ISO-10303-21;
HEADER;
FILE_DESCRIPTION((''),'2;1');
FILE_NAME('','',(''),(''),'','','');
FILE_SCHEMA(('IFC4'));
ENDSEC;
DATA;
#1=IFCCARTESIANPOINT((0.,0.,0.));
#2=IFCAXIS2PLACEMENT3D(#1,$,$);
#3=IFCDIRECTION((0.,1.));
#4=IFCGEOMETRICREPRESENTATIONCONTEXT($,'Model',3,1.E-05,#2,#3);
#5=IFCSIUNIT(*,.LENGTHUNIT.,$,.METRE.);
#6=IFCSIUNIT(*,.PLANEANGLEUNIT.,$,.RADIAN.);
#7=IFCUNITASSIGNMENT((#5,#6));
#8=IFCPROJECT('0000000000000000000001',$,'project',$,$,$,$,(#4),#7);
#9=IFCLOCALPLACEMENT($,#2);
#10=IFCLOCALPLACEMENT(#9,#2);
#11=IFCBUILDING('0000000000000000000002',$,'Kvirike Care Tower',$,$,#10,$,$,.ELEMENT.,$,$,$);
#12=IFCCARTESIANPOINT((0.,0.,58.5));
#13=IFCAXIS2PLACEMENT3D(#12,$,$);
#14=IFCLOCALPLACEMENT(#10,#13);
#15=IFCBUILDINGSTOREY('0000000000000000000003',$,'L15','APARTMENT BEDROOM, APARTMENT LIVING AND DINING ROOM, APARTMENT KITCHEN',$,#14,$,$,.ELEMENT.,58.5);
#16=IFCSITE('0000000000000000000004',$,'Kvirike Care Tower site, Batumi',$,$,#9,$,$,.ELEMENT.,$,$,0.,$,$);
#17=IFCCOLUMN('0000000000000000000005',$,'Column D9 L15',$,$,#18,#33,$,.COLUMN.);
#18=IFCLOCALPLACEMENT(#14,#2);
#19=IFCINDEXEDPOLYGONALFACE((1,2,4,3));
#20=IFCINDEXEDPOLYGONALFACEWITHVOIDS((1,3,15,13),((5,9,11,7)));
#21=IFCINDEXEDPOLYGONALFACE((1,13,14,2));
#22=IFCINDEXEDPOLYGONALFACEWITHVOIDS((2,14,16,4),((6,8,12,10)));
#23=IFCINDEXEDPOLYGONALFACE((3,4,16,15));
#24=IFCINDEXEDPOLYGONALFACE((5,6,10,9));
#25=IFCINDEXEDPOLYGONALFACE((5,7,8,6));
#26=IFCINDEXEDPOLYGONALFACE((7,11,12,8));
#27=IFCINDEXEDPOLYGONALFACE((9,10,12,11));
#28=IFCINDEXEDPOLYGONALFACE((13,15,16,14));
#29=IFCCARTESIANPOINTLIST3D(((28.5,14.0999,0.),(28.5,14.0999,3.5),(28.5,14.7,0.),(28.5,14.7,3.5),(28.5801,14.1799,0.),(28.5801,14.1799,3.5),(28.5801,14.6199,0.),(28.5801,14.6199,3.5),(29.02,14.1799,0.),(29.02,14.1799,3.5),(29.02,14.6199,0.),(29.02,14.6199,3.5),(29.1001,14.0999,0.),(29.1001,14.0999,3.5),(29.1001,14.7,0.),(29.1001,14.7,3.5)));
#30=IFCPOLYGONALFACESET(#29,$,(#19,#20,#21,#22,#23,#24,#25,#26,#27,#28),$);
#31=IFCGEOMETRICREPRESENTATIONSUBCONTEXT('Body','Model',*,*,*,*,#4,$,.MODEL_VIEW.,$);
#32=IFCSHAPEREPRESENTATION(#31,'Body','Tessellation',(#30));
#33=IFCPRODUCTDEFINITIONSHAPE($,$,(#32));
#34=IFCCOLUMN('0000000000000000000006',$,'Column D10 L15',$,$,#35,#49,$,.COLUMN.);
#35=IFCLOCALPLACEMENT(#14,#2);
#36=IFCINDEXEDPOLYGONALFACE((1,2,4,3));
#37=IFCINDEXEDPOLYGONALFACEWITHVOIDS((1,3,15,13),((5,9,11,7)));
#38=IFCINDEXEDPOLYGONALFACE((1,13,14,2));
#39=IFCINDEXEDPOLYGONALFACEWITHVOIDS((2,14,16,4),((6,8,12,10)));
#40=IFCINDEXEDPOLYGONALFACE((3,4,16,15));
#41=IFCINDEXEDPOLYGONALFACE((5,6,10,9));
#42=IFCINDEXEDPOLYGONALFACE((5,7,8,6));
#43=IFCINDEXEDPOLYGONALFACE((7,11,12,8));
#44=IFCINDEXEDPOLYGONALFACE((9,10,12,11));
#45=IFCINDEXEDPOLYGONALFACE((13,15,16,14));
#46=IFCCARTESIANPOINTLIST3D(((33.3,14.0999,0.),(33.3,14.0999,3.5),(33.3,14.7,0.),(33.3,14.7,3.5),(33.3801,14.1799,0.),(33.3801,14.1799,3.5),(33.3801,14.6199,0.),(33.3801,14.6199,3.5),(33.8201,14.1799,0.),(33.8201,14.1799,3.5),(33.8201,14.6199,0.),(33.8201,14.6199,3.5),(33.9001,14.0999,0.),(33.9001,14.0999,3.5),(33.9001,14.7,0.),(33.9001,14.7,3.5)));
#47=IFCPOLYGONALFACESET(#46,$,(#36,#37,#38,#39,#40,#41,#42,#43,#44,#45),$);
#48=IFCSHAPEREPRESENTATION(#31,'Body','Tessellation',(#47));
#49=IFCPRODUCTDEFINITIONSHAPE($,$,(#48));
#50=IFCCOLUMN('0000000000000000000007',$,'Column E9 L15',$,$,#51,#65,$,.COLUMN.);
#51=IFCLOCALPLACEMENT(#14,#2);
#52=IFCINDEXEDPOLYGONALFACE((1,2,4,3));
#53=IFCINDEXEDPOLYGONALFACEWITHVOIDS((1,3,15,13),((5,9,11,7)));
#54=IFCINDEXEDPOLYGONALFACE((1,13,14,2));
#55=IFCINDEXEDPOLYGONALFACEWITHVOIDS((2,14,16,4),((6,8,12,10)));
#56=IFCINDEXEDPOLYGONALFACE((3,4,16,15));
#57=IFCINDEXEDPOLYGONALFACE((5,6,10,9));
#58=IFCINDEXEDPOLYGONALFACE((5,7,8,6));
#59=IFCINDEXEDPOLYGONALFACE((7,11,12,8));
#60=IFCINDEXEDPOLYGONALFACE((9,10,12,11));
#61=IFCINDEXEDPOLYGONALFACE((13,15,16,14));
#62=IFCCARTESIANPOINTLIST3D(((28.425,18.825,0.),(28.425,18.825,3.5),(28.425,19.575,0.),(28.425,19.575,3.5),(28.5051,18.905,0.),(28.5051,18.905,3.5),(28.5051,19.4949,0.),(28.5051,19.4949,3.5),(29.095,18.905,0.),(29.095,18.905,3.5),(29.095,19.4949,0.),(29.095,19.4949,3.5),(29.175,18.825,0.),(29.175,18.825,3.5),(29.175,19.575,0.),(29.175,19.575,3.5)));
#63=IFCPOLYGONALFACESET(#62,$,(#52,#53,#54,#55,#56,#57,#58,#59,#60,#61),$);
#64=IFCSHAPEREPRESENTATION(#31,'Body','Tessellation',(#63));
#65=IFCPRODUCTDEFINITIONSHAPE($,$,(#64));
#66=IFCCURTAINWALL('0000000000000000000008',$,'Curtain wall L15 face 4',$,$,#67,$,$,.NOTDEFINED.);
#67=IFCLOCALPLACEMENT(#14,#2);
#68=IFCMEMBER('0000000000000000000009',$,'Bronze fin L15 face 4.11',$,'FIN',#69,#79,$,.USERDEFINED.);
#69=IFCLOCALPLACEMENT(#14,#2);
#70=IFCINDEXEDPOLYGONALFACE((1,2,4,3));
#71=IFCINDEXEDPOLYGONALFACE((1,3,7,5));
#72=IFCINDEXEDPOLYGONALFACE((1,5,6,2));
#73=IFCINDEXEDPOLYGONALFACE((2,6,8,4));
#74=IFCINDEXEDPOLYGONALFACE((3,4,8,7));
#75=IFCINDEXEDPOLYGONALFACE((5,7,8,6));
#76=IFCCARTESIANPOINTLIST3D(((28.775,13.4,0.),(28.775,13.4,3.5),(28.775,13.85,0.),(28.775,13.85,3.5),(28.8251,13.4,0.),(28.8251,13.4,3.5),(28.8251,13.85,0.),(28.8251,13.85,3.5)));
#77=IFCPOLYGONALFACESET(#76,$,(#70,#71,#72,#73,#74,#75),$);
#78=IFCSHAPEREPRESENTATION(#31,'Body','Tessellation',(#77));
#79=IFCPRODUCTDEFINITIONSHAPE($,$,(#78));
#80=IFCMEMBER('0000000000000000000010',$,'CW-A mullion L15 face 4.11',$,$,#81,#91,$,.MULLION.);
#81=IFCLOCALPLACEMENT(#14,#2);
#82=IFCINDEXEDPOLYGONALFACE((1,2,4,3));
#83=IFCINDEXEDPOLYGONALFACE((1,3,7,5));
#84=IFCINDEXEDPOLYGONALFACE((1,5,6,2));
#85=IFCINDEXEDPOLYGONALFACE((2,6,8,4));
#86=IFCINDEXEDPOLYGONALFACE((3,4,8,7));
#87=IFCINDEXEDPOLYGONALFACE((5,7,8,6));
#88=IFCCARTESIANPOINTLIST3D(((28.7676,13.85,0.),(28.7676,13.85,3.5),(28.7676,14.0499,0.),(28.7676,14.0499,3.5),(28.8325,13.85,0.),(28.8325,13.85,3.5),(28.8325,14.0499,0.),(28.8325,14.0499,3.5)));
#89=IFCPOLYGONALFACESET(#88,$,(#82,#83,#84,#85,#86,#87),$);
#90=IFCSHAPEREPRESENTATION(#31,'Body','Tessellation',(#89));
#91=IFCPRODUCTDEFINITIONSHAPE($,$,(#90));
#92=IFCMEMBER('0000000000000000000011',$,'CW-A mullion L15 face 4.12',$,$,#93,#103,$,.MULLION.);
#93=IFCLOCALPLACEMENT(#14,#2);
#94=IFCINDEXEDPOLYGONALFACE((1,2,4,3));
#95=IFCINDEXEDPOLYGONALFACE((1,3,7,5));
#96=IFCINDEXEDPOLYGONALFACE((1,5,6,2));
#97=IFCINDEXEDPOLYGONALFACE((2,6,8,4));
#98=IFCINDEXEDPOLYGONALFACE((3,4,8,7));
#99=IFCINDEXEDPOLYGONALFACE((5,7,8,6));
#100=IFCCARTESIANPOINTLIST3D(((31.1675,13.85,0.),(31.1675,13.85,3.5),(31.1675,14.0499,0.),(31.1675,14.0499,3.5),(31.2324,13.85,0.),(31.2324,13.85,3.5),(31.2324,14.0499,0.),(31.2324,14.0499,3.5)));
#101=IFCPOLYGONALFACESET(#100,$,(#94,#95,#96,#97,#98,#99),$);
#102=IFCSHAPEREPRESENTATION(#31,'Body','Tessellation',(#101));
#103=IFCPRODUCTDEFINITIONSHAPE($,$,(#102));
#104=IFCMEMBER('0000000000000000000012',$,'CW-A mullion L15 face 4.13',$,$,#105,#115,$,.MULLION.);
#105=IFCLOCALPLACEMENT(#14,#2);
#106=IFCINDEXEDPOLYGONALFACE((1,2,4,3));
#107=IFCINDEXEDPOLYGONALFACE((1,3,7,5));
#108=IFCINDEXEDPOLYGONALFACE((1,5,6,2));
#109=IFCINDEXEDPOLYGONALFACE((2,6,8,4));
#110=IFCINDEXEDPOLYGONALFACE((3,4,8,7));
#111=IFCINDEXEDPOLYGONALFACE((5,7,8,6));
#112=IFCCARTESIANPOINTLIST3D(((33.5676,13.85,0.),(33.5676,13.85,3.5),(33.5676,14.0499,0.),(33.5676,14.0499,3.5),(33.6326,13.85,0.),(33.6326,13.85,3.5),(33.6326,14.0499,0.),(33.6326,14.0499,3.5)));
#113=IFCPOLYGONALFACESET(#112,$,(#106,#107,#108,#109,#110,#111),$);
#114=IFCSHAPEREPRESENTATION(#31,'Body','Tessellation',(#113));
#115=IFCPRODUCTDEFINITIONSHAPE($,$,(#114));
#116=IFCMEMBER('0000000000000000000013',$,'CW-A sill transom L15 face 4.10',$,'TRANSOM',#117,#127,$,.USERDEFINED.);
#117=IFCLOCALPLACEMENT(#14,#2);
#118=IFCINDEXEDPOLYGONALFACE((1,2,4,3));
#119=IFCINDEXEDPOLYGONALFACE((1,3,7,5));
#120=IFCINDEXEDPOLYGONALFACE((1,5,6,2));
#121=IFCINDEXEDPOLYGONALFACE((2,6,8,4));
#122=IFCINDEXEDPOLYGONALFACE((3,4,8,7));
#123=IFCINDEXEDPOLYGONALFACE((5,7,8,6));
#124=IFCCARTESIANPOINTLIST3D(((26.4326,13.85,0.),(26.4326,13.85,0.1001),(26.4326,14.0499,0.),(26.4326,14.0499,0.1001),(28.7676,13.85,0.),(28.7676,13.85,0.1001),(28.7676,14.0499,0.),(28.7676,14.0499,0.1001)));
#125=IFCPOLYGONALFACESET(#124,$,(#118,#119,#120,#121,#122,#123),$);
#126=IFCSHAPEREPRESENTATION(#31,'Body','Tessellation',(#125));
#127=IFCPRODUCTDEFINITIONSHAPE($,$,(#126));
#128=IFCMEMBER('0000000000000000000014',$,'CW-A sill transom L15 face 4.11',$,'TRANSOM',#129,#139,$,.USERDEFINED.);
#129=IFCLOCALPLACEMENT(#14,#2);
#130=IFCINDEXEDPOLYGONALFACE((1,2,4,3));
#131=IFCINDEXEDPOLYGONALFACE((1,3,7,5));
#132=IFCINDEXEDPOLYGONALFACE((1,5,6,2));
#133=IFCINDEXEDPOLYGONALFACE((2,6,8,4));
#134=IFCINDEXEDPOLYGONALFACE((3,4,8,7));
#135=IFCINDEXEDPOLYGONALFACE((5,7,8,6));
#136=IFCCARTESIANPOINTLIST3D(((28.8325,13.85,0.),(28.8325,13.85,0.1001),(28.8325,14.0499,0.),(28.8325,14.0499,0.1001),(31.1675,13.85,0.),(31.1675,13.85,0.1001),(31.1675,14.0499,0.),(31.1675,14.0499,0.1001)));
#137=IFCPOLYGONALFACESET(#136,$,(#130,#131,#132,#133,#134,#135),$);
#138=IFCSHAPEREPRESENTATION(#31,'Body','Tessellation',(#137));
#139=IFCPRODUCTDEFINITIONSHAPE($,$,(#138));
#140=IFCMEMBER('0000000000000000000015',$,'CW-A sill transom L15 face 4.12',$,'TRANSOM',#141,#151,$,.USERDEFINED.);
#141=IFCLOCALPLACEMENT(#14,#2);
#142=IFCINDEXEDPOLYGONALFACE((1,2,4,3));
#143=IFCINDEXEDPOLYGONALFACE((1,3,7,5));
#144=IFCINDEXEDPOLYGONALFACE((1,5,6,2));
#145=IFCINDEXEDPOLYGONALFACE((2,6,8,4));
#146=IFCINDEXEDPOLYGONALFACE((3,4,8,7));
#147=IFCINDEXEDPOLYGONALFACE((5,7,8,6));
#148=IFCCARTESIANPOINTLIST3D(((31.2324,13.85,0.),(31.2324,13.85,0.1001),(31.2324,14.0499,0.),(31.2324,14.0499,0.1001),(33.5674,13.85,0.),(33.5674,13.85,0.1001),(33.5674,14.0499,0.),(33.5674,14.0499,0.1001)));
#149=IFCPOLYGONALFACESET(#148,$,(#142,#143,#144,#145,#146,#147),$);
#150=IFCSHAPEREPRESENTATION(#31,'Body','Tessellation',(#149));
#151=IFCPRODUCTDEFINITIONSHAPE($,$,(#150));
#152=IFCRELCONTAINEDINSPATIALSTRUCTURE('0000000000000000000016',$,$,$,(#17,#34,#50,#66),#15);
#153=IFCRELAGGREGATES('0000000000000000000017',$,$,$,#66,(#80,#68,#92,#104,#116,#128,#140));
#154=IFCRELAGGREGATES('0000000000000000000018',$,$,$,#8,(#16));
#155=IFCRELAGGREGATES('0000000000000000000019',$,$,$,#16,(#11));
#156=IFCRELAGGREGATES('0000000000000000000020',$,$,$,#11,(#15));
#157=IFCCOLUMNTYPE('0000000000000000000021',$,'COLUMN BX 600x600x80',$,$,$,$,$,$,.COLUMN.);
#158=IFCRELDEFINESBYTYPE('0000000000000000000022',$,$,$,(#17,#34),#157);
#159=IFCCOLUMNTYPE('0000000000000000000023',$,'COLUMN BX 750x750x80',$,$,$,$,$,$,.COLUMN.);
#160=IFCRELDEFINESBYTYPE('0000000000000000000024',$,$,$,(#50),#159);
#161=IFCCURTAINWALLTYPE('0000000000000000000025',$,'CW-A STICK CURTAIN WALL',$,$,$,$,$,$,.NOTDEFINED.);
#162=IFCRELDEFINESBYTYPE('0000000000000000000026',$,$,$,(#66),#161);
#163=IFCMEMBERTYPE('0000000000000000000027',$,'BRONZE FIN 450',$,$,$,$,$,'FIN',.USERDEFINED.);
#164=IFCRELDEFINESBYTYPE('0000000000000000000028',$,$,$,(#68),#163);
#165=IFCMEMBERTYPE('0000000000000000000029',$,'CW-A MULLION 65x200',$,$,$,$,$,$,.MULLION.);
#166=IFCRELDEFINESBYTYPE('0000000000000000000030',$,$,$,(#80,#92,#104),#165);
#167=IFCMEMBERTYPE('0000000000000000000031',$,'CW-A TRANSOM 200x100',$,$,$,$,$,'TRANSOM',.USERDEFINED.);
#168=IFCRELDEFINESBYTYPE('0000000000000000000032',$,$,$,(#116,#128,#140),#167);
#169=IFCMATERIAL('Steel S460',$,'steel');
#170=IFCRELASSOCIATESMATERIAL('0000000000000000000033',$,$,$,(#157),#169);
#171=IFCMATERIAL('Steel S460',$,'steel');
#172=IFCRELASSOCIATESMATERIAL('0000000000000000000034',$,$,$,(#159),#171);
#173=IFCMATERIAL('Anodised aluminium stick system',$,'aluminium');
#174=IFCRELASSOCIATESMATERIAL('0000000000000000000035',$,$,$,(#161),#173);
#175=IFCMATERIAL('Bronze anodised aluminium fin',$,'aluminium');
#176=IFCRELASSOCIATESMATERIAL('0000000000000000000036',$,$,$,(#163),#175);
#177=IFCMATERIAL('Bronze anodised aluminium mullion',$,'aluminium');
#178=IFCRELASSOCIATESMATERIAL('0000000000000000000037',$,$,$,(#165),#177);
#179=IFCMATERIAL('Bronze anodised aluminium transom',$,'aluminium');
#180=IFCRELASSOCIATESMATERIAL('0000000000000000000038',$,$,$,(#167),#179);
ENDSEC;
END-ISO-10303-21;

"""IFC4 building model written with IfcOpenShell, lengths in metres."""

from ifc_helpers import new_model, si_unit, direction, frame, origin, origin_2d, place, context, subcontext, project, spatial, rectangle, hollow_rectangle, extrude, material, material_profile, profile_set, type_object, element, aggregate, save


model = new_model("IFC4")

# Units and contexts
model_context = context("Model", 3, precision=1e-05, world=origin(), true_north=direction((0.0, 1.0)))
body_context = subcontext(model_context, "Body", "Model", "MODEL_VIEW")
ifc_project = project(units=[si_unit("LENGTHUNIT", "METRE"), si_unit("PLANEANGLEUNIT", "RADIAN")], contexts=[model_context])

# Site, building, storey
site_placement = place(None, origin())
site = spatial("IfcSite", under=ifc_project, at=site_placement, Name="Kvirike Care Tower site, Batumi", CompositionType="ELEMENT", RefElevation=0.0)
building_placement = place(site_placement, origin())
building = spatial("IfcBuilding", under=site, at=building_placement, Name="Kvirike Care Tower", CompositionType="ELEMENT")
storey_placement = place(building_placement, frame((0.0, 0.0, 58.5)))
storey = spatial("IfcBuildingStorey", under=building, at=storey_placement, Name="L15", Description="APARTMENT BEDROOM, APARTMENT LIVING AND DINING ROOM, APARTMENT KITCHEN", CompositionType="ELEMENT", Elevation=58.5)

# Columns
ifc_material_1 = material(Name="Steel S460", Category="steel")
ifc_material_profile_1 = material_profile(ifc_material_1, hollow_rectangle(XDim=0.6001, YDim=0.6001, WallThickness=0.0801, at=origin_2d()), Name="BX 600x600x80")
ifc_profile_set_1 = profile_set([ifc_material_profile_1], Name="Steel S460")
column_type_1 = type_object("IfcColumnType", Name="COLUMN BX 600x600x80", PredefinedType="COLUMN", material=ifc_profile_set_1)
for number, where, z_axis, x_axis, name in (
    (1, (28.8, 14.3999, 0.0), (0.0, 0.0, 1.0), (0.0, 1.0, 0.0), "Column D9 L15"),
    (2, (33.6001, 14.3999, 0.0), (0.0, 0.0, 1.0), (0.0, 1.0, 0.0), "Column D10 L15"),
):
    element("IfcColumn", number, at=place(storey_placement, frame(where, z_axis=z_axis, x_axis=x_axis)), inside=storey, type_object=column_type_1, Name=name, PredefinedType="COLUMN", context=body_context, shape_type="SweptSolid", body=[
        extrude(hollow_rectangle(XDim=0.6001, YDim=0.6001, WallThickness=0.0801, at=origin_2d()), origin(), (0.0, 0.0, 1.0), 3.5),
    ])
ifc_material_2 = material(Name="Steel S460", Category="steel")
ifc_material_profile_2 = material_profile(ifc_material_2, hollow_rectangle(XDim=0.75, YDim=0.75, WallThickness=0.0801, at=origin_2d()), Name="BX 750x750x80")
ifc_profile_set_2 = profile_set([ifc_material_profile_2], Name="Steel S460")
column_type_2 = type_object("IfcColumnType", Name="COLUMN BX 750x750x80", PredefinedType="COLUMN", material=ifc_profile_set_2)
column_placement = place(storey_placement, frame((28.8, 19.2, 0.0), z_axis=(0.0, 0.0, 1.0), x_axis=(1.0, 0.0, 0.0)))
element("IfcColumn", 3, at=column_placement, inside=storey, type_object=column_type_2, Name="Column E9 L15", PredefinedType="COLUMN", context=body_context, shape_type="SweptSolid", body=[
    extrude(hollow_rectangle(XDim=0.75, YDim=0.75, WallThickness=0.0801, at=origin_2d()), origin(), (0.0, 0.0, 1.0), 3.5),
])

# Curtain wall, members
ifc_material_3 = material(Name="Anodised aluminium stick system", Category="aluminium")
curtain_wall_type = type_object("IfcCurtainWallType", Name="CW-A STICK CURTAIN WALL", PredefinedType="NOTDEFINED", material=ifc_material_3)
curtain_wall_placement = place(storey_placement, origin())
curtain_wall = element("IfcCurtainWall", 4, at=curtain_wall_placement, inside=storey, type_object=curtain_wall_type, Name="Curtain wall L15 face 4", PredefinedType="NOTDEFINED")
ifc_material_4 = material(Name="Bronze anodised aluminium fin", Category="aluminium")
ifc_material_profile_3 = material_profile(ifc_material_4, rectangle(XDim=0.05, YDim=0.45, at=origin_2d()), Name="BRONZE FIN 450")
ifc_profile_set_3 = profile_set([ifc_material_profile_3], Name="Bronze anodised aluminium fin")
member_type_1 = type_object("IfcMemberType", Name="BRONZE FIN 450", ElementType="FIN", PredefinedType="USERDEFINED", material=ifc_profile_set_3)
member_1_placement = place(storey_placement, frame((28.8, 13.625, 0.0), z_axis=(0.0, 0.0, 1.0), x_axis=(1.0, 0.0, 0.0)))
member_1 = element("IfcMember", 5, at=member_1_placement, type_object=member_type_1, Name="Bronze fin L15 face 4.11", ObjectType="FIN", PredefinedType="USERDEFINED", context=body_context, shape_type="SweptSolid", body=[
    extrude(rectangle(XDim=0.05, YDim=0.45, at=origin_2d()), origin(), (0.0, 0.0, 1.0), 3.5),
])
ifc_material_5 = material(Name="Bronze anodised aluminium mullion", Category="aluminium")
ifc_material_profile_4 = material_profile(ifc_material_5, rectangle(XDim=0.0649, YDim=0.2, at=origin_2d()), Name="CW-A MULLION 65x200")
ifc_profile_set_4 = profile_set([ifc_material_profile_4], Name="Bronze anodised aluminium mullion")
member_type_2 = type_object("IfcMemberType", Name="CW-A MULLION 65x200", PredefinedType="MULLION", material=ifc_profile_set_4)
member_2_placement = place(storey_placement, frame((28.8, 13.95, 0.0), z_axis=(0.0, 0.0, 1.0), x_axis=(1.0, 0.0, 0.0)))
member_2 = element("IfcMember", 6, at=member_2_placement, type_object=member_type_2, Name="CW-A mullion L15 face 4.11", PredefinedType="MULLION", context=body_context, shape_type="SweptSolid", body=[
    extrude(rectangle(XDim=0.0649, YDim=0.2, at=origin_2d()), origin(), (0.0, 0.0, 1.0), 3.5),
])
member_3_placement = place(storey_placement, frame((31.2, 13.95, 0.0), z_axis=(0.0, 0.0, 1.0), x_axis=(1.0, 0.0, 0.0)))
member_3 = element("IfcMember", 7, at=member_3_placement, type_object=member_type_2, Name="CW-A mullion L15 face 4.12", PredefinedType="MULLION", context=body_context, shape_type="SweptSolid", body=[
    extrude(rectangle(XDim=0.0649, YDim=0.2, at=origin_2d()), origin(), (0.0, 0.0, 1.0), 3.5),
])
member_4_placement = place(storey_placement, frame((33.6001, 13.95, 0.0), z_axis=(0.0, 0.0, 1.0), x_axis=(1.0, 0.0, 0.0)))
member_4 = element("IfcMember", 8, at=member_4_placement, type_object=member_type_2, Name="CW-A mullion L15 face 4.13", PredefinedType="MULLION", context=body_context, shape_type="SweptSolid", body=[
    extrude(rectangle(XDim=0.0649, YDim=0.2, at=origin_2d()), origin(), (0.0, 0.0, 1.0), 3.5),
])
ifc_material_6 = material(Name="Bronze anodised aluminium transom", Category="aluminium")
ifc_material_profile_5 = material_profile(ifc_material_6, rectangle(XDim=0.2, YDim=0.1001, at=origin_2d()), Name="CW-A TRANSOM 200x100")
ifc_profile_set_5 = profile_set([ifc_material_profile_5], Name="Bronze anodised aluminium transom")
member_type_3 = type_object("IfcMemberType", Name="CW-A TRANSOM 200x100", ElementType="TRANSOM", PredefinedType="USERDEFINED", material=ifc_profile_set_5)
member_5_placement = place(storey_placement, frame((26.4326, 13.95, 0.05), z_axis=(1.0, 0.0, 0.0), x_axis=(0.0, 1.0, 0.0)))
member_5 = element("IfcMember", 9, at=member_5_placement, type_object=member_type_3, Name="CW-A sill transom L15 face 4.10", ObjectType="TRANSOM", PredefinedType="USERDEFINED", context=body_context, shape_type="SweptSolid", body=[
    extrude(rectangle(XDim=0.2, YDim=0.1001, at=origin_2d()), origin(), (0.0, 0.0, 1.0), 2.335),
])
member_6_placement = place(storey_placement, frame((28.8325, 13.95, 0.05), z_axis=(1.0, 0.0, 0.0), x_axis=(0.0, 1.0, 0.0)))
member_6 = element("IfcMember", 10, at=member_6_placement, type_object=member_type_3, Name="CW-A sill transom L15 face 4.11", ObjectType="TRANSOM", PredefinedType="USERDEFINED", context=body_context, shape_type="SweptSolid", body=[
    extrude(rectangle(XDim=0.2, YDim=0.1001, at=origin_2d()), origin(), (0.0, 0.0, 1.0), 2.335),
])
member_7_placement = place(storey_placement, frame((31.2324, 13.95, 0.05), z_axis=(1.0, 0.0, 0.0), x_axis=(0.0, 1.0, 0.0)))
member_7 = element("IfcMember", 11, at=member_7_placement, type_object=member_type_3, Name="CW-A sill transom L15 face 4.12", ObjectType="TRANSOM", PredefinedType="USERDEFINED", context=body_context, shape_type="SweptSolid", body=[
    extrude(rectangle(XDim=0.2, YDim=0.1001, at=origin_2d()), origin(), (0.0, 0.0, 1.0), 2.335),
])

aggregate(curtain_wall, [member_2, member_1, member_3, member_4, member_5, member_6, member_7])

save(model, "model.ifc")
